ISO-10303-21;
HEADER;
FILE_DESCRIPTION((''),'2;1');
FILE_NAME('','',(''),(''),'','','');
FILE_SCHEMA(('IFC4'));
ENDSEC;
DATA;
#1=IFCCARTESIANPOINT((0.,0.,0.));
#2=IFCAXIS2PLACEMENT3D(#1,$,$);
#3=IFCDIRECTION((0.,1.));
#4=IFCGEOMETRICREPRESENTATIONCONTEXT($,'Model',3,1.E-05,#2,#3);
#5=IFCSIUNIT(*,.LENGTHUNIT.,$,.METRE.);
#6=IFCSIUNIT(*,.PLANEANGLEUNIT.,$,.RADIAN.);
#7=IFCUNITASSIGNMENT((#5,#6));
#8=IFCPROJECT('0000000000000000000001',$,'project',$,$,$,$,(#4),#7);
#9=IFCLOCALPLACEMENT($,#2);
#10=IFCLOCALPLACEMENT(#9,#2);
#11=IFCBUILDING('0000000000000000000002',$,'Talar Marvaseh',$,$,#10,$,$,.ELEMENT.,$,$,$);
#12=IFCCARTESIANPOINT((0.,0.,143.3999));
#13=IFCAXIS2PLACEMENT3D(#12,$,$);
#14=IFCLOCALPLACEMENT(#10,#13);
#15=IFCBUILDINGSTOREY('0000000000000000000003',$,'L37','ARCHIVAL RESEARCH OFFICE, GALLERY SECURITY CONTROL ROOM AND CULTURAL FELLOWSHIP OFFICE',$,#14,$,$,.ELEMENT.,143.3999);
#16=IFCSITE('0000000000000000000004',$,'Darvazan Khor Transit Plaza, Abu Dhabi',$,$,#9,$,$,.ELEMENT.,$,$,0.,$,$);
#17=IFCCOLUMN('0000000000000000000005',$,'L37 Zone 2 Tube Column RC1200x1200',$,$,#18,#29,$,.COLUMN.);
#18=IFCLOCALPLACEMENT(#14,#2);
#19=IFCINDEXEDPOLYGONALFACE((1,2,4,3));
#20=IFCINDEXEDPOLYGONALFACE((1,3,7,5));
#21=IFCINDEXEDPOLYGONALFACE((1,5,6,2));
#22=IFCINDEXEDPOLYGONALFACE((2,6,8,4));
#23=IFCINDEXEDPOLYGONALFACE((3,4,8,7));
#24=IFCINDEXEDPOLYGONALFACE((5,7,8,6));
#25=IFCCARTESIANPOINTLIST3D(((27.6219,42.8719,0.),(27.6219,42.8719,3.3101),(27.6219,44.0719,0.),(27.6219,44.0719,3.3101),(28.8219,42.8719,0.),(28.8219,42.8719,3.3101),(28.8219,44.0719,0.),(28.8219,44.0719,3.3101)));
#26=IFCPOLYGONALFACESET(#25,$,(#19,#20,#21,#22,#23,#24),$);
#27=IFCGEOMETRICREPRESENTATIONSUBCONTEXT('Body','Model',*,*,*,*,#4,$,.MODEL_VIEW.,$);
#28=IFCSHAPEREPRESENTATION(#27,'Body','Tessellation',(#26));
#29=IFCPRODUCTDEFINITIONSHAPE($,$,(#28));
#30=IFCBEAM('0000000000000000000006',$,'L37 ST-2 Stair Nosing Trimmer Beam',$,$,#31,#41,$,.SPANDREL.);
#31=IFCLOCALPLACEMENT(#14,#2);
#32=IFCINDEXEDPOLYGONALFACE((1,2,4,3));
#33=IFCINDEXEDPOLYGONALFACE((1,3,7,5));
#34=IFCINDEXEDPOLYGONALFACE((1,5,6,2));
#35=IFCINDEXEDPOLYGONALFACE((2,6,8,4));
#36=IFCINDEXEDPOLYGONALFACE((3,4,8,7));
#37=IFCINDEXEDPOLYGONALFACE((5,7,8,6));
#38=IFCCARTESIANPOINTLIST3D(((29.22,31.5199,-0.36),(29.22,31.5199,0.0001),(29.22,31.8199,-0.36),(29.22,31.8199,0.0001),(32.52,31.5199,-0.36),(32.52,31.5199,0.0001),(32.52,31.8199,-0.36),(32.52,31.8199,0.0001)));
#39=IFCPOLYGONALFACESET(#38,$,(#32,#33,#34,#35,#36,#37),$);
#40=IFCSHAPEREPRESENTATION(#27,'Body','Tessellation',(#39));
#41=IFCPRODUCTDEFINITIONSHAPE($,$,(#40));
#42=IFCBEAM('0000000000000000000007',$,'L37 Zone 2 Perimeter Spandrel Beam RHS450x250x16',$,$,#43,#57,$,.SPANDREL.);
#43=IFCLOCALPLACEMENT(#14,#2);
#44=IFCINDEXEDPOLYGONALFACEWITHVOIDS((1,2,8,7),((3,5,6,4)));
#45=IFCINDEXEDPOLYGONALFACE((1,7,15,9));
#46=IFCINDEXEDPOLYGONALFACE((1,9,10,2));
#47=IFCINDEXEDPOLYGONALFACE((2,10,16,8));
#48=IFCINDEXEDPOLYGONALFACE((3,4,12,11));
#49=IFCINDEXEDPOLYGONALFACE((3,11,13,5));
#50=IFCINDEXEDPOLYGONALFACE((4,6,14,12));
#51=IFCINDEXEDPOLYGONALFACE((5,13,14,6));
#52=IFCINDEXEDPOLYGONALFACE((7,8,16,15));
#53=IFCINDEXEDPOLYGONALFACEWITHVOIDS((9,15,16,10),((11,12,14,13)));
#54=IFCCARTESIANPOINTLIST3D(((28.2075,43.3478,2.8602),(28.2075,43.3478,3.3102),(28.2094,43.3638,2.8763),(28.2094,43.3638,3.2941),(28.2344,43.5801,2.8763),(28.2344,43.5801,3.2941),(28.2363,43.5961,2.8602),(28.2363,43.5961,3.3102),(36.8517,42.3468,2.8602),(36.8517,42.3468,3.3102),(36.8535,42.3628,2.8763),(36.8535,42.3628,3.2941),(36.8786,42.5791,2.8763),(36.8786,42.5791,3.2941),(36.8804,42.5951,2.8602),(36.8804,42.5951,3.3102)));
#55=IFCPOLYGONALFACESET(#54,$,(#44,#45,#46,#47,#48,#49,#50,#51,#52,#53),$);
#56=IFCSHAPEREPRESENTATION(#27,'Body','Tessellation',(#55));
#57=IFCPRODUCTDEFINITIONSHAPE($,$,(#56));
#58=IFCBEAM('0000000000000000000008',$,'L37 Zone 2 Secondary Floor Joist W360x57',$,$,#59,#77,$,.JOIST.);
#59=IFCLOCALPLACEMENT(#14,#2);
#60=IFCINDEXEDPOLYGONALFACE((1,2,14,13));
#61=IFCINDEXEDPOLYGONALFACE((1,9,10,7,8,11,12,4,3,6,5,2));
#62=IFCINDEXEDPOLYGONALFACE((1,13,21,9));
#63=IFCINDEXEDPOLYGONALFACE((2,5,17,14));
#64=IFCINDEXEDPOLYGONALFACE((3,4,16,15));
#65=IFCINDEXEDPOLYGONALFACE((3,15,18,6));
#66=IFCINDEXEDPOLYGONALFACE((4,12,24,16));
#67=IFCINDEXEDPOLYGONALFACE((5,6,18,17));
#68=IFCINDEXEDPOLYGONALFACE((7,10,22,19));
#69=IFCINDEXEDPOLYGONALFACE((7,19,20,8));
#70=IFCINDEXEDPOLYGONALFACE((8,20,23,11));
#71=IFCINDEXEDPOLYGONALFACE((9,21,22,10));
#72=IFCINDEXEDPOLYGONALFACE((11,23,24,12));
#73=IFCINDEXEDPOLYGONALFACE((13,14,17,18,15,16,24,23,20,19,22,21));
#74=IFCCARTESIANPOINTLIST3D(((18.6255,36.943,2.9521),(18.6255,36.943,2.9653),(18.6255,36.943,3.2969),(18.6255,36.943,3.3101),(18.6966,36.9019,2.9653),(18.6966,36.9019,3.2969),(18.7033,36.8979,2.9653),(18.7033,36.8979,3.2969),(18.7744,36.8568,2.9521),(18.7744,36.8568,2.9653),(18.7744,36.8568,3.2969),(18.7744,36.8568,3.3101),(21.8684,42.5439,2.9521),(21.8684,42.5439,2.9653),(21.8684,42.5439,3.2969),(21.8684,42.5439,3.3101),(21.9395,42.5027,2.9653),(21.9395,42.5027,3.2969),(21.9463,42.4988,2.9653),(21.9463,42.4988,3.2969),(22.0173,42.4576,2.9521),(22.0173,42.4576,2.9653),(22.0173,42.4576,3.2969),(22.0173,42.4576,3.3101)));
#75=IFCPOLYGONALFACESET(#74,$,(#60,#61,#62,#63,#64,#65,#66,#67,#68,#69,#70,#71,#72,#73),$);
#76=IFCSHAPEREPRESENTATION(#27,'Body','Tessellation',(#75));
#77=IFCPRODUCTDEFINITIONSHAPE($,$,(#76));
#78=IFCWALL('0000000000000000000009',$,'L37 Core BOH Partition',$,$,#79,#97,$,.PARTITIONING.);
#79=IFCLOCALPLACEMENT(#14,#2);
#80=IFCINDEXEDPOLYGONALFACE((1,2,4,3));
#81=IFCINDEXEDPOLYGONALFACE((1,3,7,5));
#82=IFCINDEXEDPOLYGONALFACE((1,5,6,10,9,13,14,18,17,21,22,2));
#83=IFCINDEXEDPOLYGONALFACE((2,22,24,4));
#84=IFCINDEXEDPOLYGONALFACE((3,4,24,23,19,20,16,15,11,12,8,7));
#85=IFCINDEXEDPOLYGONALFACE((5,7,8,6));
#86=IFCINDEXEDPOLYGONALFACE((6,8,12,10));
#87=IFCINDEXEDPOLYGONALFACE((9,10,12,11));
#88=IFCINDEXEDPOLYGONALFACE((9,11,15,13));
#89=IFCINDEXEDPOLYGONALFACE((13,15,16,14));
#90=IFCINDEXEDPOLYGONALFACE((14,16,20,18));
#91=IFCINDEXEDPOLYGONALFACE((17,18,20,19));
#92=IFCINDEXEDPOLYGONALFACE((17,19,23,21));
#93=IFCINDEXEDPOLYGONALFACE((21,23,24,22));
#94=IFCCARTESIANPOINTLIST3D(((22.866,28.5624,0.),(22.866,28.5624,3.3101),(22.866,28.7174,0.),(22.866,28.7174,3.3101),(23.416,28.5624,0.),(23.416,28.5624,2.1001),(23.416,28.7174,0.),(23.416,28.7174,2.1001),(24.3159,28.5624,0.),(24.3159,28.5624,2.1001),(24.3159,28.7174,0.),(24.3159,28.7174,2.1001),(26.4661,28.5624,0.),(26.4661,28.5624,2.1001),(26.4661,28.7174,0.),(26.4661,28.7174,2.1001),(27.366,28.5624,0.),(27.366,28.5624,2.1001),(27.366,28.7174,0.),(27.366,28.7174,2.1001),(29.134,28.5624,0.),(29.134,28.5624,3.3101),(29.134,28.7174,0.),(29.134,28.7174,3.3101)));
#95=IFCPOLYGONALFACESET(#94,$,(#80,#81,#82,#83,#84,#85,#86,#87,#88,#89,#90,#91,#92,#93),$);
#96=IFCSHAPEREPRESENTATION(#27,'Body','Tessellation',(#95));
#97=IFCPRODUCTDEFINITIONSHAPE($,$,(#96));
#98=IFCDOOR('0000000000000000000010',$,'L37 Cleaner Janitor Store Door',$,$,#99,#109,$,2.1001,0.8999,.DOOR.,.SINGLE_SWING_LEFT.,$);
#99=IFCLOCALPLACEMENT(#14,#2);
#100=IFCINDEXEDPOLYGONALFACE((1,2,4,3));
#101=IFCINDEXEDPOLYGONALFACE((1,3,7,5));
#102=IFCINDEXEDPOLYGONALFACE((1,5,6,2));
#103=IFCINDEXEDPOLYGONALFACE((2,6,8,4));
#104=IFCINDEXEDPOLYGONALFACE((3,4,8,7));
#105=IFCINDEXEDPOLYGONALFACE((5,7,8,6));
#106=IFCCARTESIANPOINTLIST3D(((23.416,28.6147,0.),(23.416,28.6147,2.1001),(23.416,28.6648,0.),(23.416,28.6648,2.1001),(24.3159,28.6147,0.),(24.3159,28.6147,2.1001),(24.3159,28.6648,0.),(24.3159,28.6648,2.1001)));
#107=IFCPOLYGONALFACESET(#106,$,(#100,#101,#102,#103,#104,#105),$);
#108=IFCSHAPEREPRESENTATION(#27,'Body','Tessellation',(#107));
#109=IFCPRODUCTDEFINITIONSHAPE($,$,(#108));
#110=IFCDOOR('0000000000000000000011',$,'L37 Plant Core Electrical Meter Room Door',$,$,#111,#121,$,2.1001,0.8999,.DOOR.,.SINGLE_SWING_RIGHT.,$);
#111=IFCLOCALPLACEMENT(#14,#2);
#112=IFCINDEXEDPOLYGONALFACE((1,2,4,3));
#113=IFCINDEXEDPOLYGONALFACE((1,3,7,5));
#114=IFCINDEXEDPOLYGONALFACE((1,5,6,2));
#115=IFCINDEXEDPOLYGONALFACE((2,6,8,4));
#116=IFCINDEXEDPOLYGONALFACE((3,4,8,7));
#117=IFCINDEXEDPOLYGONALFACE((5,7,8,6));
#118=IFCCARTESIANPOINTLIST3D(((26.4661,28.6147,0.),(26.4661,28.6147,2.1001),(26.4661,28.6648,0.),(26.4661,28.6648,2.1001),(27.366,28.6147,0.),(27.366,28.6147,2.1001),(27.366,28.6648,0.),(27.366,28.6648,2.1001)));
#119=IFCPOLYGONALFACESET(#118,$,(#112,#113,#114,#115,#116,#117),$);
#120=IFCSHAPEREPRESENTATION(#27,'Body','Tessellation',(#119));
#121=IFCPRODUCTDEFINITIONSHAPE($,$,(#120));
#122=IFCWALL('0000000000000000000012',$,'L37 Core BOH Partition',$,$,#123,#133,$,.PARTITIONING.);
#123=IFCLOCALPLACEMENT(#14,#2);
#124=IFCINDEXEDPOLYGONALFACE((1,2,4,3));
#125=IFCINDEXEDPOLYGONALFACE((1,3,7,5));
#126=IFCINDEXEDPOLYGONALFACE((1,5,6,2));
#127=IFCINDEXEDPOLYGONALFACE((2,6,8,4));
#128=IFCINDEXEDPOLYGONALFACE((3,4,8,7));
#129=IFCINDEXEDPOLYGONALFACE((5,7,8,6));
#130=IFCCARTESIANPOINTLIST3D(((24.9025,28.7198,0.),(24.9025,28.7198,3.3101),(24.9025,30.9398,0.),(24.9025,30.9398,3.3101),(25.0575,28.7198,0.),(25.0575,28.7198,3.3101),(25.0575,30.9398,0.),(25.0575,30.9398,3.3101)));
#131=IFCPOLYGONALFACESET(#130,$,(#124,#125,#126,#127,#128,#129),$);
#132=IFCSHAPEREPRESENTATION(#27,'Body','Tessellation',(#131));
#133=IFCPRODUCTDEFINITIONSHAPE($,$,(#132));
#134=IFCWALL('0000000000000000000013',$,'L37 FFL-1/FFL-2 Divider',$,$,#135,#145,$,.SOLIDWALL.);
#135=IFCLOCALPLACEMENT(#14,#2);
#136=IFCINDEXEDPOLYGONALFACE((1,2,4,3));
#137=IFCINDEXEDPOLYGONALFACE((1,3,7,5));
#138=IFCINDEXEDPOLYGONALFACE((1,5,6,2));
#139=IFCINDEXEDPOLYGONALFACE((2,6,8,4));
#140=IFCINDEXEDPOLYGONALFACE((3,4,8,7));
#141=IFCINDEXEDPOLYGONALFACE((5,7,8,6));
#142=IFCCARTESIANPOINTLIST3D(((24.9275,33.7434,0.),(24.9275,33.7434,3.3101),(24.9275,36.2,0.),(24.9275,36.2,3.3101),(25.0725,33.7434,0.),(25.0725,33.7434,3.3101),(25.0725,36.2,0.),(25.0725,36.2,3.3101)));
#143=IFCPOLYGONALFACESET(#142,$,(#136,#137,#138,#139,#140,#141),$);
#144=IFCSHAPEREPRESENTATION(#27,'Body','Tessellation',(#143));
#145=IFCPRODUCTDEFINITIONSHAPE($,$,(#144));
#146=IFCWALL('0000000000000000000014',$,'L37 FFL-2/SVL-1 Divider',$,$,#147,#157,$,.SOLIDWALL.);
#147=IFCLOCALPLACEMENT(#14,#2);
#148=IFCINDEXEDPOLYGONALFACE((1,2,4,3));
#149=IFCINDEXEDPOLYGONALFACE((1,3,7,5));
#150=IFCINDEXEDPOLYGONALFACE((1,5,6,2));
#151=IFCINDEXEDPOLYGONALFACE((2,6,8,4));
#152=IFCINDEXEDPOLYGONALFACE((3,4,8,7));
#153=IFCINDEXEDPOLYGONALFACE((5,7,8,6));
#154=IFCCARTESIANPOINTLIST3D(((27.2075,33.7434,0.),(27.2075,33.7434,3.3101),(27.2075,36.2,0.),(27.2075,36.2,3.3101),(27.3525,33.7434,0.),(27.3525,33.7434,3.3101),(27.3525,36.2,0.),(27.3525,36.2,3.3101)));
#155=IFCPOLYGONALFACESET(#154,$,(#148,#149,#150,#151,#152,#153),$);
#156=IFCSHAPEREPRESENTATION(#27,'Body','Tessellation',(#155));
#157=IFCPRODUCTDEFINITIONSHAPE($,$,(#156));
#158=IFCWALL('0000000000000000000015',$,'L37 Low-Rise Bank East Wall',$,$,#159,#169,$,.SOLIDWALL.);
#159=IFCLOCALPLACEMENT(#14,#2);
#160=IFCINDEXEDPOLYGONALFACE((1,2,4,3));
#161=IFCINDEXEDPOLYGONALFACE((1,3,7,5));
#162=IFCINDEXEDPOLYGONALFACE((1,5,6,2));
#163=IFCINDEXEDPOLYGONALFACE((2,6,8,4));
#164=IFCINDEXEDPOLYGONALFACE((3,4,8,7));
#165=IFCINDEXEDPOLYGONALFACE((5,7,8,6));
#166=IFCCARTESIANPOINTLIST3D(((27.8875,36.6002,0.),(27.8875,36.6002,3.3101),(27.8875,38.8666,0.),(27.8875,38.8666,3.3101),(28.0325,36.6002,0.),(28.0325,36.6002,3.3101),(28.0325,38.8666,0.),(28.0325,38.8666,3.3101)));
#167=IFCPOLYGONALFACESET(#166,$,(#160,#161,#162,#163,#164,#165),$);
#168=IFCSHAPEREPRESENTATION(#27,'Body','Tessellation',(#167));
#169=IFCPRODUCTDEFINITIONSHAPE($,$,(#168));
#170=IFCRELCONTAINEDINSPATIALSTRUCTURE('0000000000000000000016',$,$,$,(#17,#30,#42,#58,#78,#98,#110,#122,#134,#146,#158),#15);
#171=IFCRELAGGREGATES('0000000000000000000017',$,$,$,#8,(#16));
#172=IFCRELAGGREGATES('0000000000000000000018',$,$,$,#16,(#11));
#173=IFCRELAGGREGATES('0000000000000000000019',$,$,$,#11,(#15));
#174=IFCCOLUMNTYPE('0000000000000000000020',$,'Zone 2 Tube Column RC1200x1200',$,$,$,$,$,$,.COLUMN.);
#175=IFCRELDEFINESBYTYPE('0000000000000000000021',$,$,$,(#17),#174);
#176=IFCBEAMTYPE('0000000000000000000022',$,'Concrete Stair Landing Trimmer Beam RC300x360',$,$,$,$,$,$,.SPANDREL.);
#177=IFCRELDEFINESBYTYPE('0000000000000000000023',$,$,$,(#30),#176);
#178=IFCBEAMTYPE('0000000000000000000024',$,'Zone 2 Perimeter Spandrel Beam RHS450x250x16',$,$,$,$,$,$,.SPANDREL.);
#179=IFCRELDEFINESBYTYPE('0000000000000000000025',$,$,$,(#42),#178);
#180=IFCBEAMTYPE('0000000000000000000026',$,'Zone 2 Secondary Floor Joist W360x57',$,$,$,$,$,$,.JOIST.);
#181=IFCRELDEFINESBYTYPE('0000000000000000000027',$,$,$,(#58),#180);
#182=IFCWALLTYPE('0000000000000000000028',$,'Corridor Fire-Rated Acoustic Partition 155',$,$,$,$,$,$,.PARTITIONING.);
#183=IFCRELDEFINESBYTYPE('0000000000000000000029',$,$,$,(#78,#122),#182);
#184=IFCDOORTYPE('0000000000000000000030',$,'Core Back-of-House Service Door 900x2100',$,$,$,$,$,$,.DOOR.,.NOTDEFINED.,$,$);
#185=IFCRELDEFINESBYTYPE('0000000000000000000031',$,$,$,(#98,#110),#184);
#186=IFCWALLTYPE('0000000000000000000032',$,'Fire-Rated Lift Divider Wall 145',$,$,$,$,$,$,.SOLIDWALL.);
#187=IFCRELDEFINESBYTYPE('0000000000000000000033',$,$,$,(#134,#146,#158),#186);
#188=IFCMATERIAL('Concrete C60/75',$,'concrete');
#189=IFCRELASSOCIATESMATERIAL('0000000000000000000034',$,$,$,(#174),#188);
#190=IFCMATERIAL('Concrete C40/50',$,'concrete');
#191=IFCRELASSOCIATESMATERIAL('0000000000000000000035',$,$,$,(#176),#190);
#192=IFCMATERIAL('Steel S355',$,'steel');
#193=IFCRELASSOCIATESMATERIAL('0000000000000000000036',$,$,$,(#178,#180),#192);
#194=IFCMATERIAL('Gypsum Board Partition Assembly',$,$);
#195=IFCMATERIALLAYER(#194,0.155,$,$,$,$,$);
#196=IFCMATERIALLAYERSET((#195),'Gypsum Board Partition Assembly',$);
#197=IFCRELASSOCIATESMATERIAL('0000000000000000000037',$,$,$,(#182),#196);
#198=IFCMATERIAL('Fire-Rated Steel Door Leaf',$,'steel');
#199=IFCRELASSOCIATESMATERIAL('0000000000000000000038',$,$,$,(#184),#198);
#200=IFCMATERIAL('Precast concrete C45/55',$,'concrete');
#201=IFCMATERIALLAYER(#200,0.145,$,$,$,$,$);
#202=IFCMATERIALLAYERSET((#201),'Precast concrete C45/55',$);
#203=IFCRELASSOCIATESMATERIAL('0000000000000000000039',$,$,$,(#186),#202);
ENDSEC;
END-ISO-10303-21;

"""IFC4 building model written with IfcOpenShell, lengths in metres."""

from ifc_helpers import new_model, si_unit, direction, frame, frame_2d, origin, origin_2d, place, context, subcontext, project, spatial, rectangle, hollow_rectangle, i_section, extrude, source, transform, mapped, material, layer, layer_set, material_profile, profile_set, type_object, type_shapes, element, fill, save


model = new_model("IFC4")

# Units and contexts
model_context = context("Model", 3, precision=1e-05, world=origin(), true_north=direction((0.0, 1.0)))
body_context = subcontext(model_context, "Body", "Model", "MODEL_VIEW")
ifc_project = project(units=[si_unit("LENGTHUNIT", "METRE"), si_unit("PLANEANGLEUNIT", "RADIAN")], contexts=[model_context])

# Site, building, storey
site_placement = place(None, origin())
site = spatial("IfcSite", under=ifc_project, at=site_placement, Name="Darvazan Khor Transit Plaza, Abu Dhabi", CompositionType="ELEMENT", RefElevation=0.0)
building_placement = place(site_placement, origin())
building = spatial("IfcBuilding", under=site, at=building_placement, Name="Talar Marvaseh", CompositionType="ELEMENT")
storey_placement = place(building_placement, frame((0.0, 0.0, 143.3999)))
storey = spatial("IfcBuildingStorey", under=building, at=storey_placement, Name="L37", Description="ARCHIVAL RESEARCH OFFICE, GALLERY SECURITY CONTROL ROOM AND CULTURAL FELLOWSHIP OFFICE", CompositionType="ELEMENT", Elevation=143.3999)

# Column
ifc_material_1 = material(Name="Concrete C60/75", Category="concrete")
ifc_material_profile_1 = material_profile(ifc_material_1, rectangle(XDim=1.2, YDim=1.2, at=origin_2d()), Name="RC1200x1200")
ifc_profile_set_1 = profile_set([ifc_material_profile_1], Name="Concrete C60/75")
column_type = type_object("IfcColumnType", Name="Zone 2 Tube Column RC1200x1200", PredefinedType="COLUMN", material=ifc_profile_set_1)
column_placement = place(storey_placement, frame((28.2219, 43.4719, 0.0), z_axis=(0.0, 0.0, 1.0), x_axis=(1.0, 0.0, 0.0)))
element("IfcColumn", 1, at=column_placement, inside=storey, type_object=column_type, Name="L37 Zone 2 Tube Column RC1200x1200", PredefinedType="COLUMN", context=body_context, shape_type="SweptSolid", body=[
    extrude(rectangle(XDim=1.2, YDim=1.2, at=origin_2d()), origin(), (0.0, 0.0, 1.0), 3.3101),
])

# Beams
ifc_material_2 = material(Name="Concrete C40/50", Category="concrete")
ifc_material_profile_2 = material_profile(ifc_material_2, rectangle(XDim=0.3, YDim=0.3601, at=origin_2d()), Name="RC300x360")
ifc_profile_set_2 = profile_set([ifc_material_profile_2], Name="Concrete C40/50")
beam_type_1 = type_object("IfcBeamType", Name="Concrete Stair Landing Trimmer Beam RC300x360", PredefinedType="SPANDREL", material=ifc_profile_set_2)
beam_1_placement = place(storey_placement, frame((29.22, 31.6699, -0.1799), z_axis=(1.0, 0.0, 0.0), x_axis=(0.0, 1.0, 0.0)))
element("IfcBeam", 2, at=beam_1_placement, inside=storey, type_object=beam_type_1, Name="L37 ST-2 Stair Nosing Trimmer Beam", PredefinedType="SPANDREL", context=body_context, shape_type="SweptSolid", body=[
    extrude(rectangle(XDim=0.3, YDim=0.3601, at=origin_2d()), origin(), (0.0, 0.0, 1.0), 3.3),
])
ifc_material_3 = material(Name="Steel S355", Category="steel")
ifc_material_profile_3 = material_profile(ifc_material_3, hollow_rectangle(XDim=0.25, YDim=0.45, WallThickness=0.0161, at=origin_2d()), Name="RHS450x250x16")
ifc_profile_set_3 = profile_set([ifc_material_profile_3], Name="Steel S355")
beam_type_2 = type_object("IfcBeamType", Name="Zone 2 Perimeter Spandrel Beam RHS450x250x16", PredefinedType="SPANDREL", material=ifc_profile_set_3)
beam_2_placement = place(storey_placement, frame((28.2219, 43.4719, 3.0852), z_axis=(0.993362, -0.115031, 0.0), x_axis=(0.115031, 0.993362, 0.0)))
element("IfcBeam", 3, at=beam_2_placement, inside=storey, type_object=beam_type_2, Name="L37 Zone 2 Perimeter Spandrel Beam RHS450x250x16", PredefinedType="SPANDREL", context=body_context, shape_type="SweptSolid", body=[
    extrude(hollow_rectangle(XDim=0.25, YDim=0.45, WallThickness=0.0161, at=origin_2d()), origin(), (0.0, 0.0, 1.0), 8.7019),
])
ifc_material_profile_4 = material_profile(ifc_material_3, i_section(OverallWidth=0.1721, OverallDepth=0.3579, WebThickness=0.0078, FlangeThickness=0.0132, at=origin_2d()), Name="W360x57")
ifc_profile_set_4 = profile_set([ifc_material_profile_4], Name="Steel S355")
beam_type_3 = type_object("IfcBeamType", Name="Zone 2 Secondary Floor Joist W360x57", PredefinedType="JOIST", material=ifc_profile_set_4)
beam_3_placement = place(storey_placement, frame((21.9429, 42.5007, 3.1311), z_axis=(-0.501075, -0.865404, 0.0), x_axis=(0.865404, -0.501075, 0.0)))
element("IfcBeam", 4, at=beam_3_placement, inside=storey, type_object=beam_type_3, Name="L37 Zone 2 Secondary Floor Joist W360x57", PredefinedType="JOIST", context=body_context, shape_type="SweptSolid", body=[
    extrude(i_section(OverallWidth=0.1721, OverallDepth=0.3579, WebThickness=0.0078, FlangeThickness=0.0132, at=origin_2d()), origin(), (0.0, 0.0, 1.0), 6.4719),
])

# Wall, openings, doors
ifc_material_4 = material(Name="Gypsum Board Partition Assembly")
ifc_layer_1 = layer(ifc_material_4, 0.155)
ifc_layer_set_1 = layer_set([ifc_layer_1], Name="Gypsum Board Partition Assembly")
wall_type_1 = type_object("IfcWallType", Name="Corridor Fire-Rated Acoustic Partition 155", PredefinedType="PARTITIONING", material=ifc_layer_set_1)
wall_1_placement = place(storey_placement, frame((22.866, 28.6399, 0.0), z_axis=(0.0, 0.0, 1.0), x_axis=(1.0, 0.0, 0.0)))
wall_1 = element("IfcWall", 5, at=wall_1_placement, inside=storey, type_object=wall_type_1, Name="L37 Core BOH Partition", PredefinedType="PARTITIONING", context=body_context, shape_type="SweptSolid", body=[
    extrude(rectangle(XDim=6.2681, YDim=0.155, at=frame_2d((3.134, 0.0))), origin(), (0.0, 0.0, 1.0), 3.3101),
])
opening_1_placement = place(wall_1_placement, frame((0.55, 0.0, 0.0)))
opening_1 = element("IfcOpeningElement", 6, at=opening_1_placement, cuts=wall_1, PredefinedType="OPENING", context=body_context, shape_type="SweptSolid", body=[
    extrude(rectangle(XDim=0.8999, YDim=2.1001, at=frame_2d((0.45, 1.05))), frame((0.0, 0.0874, 0.0), z_axis=(0.0, -1.0, 0.0), x_axis=(1.0, 0.0, 0.0)), (0.0, 0.0, 1.0), 0.175),
])
opening_2_placement = place(wall_1_placement, frame((3.6001, 0.0, 0.0)))
opening_2 = element("IfcOpeningElement", 7, at=opening_2_placement, cuts=wall_1, PredefinedType="OPENING", context=body_context, shape_type="SweptSolid", body=[
    extrude(rectangle(XDim=0.8999, YDim=2.1001, at=frame_2d((0.45, 1.05))), frame((0.0, 0.0874, 0.0), z_axis=(0.0, -1.0, 0.0), x_axis=(1.0, 0.0, 0.0)), (0.0, 0.0, 1.0), 0.175),
])
ifc_material_5 = material(Name="Fire-Rated Steel Door Leaf", Category="steel")
door_type_1 = type_object("IfcDoorType", Name="Core Back-of-House Service Door 900x2100", OperationType="NOTDEFINED", PredefinedType="DOOR", material=ifc_material_5)
shared_shape_1 = source(origin(), body_context, "Body", "SweptSolid", [
    extrude(rectangle(XDim=0.8999, YDim=2.1001, at=frame_2d((0.45, 1.05))), frame((0.0, 0.0249, 0.0), z_axis=(0.0, -1.0, 0.0), x_axis=(1.0, 0.0, 0.0)), (0.0, 0.0, 1.0), 0.05),
])
type_shapes(door_type_1, [shared_shape_1])
door_1_placement = place(opening_1_placement, origin())
door_1 = element("IfcDoor", 8, at=door_1_placement, inside=storey, type_object=door_type_1, Name="L37 Cleaner Janitor Store Door", OperationType="SINGLE_SWING_LEFT", OverallHeight=2.1001, OverallWidth=0.8999, PredefinedType="DOOR", context=body_context, shape_type="MappedRepresentation", body=[
    mapped(shared_shape_1, transform((0.0, 0.0, 0.0), x_axis=(1.0, 0.0, 0.0), y_axis=(0.0, 1.0, 0.0), z_axis=(0.0, 0.0, 1.0), scale=1.0)),
])
fill(opening_1, door_1)
door_2_placement = place(opening_2_placement, origin())
door_2 = element("IfcDoor", 9, at=door_2_placement, inside=storey, type_object=door_type_1, Name="L37 Plant Core Electrical Meter Room Door", OperationType="SINGLE_SWING_RIGHT", OverallHeight=2.1001, OverallWidth=0.8999, PredefinedType="DOOR", context=body_context, shape_type="MappedRepresentation", body=[
    mapped(shared_shape_1, transform((0.0, 0.0, 0.0), x_axis=(1.0, 0.0, 0.0), y_axis=(0.0, 1.0, 0.0), z_axis=(0.0, 0.0, 1.0), scale=1.0)),
])
fill(opening_2, door_2)

# Walls
wall_2_placement = place(storey_placement, frame((24.98, 28.72, 0.0), z_axis=(0.0, 0.0, 1.0), x_axis=(0.0, 1.0, 0.0)))
element("IfcWall", 10, at=wall_2_placement, inside=storey, type_object=wall_type_1, Name="L37 Core BOH Partition", PredefinedType="PARTITIONING", context=body_context, shape_type="SweptSolid", body=[
    extrude(rectangle(XDim=2.22, YDim=0.155, at=frame_2d((1.1099, 0.0))), origin(), (0.0, 0.0, 1.0), 3.3101),
])
ifc_material_6 = material(Name="Precast concrete C45/55", Category="concrete")
ifc_layer_2 = layer(ifc_material_6, 0.145)
ifc_layer_set_2 = layer_set([ifc_layer_2], Name="Precast concrete C45/55")
wall_type_2 = type_object("IfcWallType", Name="Fire-Rated Lift Divider Wall 145", PredefinedType="SOLIDWALL", material=ifc_layer_set_2)
for number, where, z_axis, x_axis, name in (
    (11, (25.0, 33.7434, 0.0), (0.0, 0.0, 1.0), (0.0, 1.0, 0.0), "L37 FFL-1/FFL-2 Divider"),
    (12, (27.28, 33.7434, 0.0), (0.0, 0.0, 1.0), (0.0, 1.0, 0.0), "L37 FFL-2/SVL-1 Divider"),
):
    element("IfcWall", number, at=place(storey_placement, frame(where, z_axis=z_axis, x_axis=x_axis)), inside=storey, type_object=wall_type_2, Name=name, PredefinedType="SOLIDWALL", context=body_context, shape_type="SweptSolid", body=[
        extrude(rectangle(XDim=2.4565, YDim=0.145, at=frame_2d((1.2283, 0.0))), origin(), (0.0, 0.0, 1.0), 3.3101),
    ])
wall_3_placement = place(storey_placement, frame((27.96, 36.6001, 0.0), z_axis=(0.0, 0.0, 1.0), x_axis=(0.0, 1.0, 0.0)))
element("IfcWall", 13, at=wall_3_placement, inside=storey, type_object=wall_type_2, Name="L37 Low-Rise Bank East Wall", PredefinedType="SOLIDWALL", context=body_context, shape_type="SweptSolid", body=[
    extrude(rectangle(XDim=2.2664, YDim=0.145, at=frame_2d((1.1333, 0.0))), origin(), (0.0, 0.0, 1.0), 3.3101),
])

save(model, "model.ifc")
